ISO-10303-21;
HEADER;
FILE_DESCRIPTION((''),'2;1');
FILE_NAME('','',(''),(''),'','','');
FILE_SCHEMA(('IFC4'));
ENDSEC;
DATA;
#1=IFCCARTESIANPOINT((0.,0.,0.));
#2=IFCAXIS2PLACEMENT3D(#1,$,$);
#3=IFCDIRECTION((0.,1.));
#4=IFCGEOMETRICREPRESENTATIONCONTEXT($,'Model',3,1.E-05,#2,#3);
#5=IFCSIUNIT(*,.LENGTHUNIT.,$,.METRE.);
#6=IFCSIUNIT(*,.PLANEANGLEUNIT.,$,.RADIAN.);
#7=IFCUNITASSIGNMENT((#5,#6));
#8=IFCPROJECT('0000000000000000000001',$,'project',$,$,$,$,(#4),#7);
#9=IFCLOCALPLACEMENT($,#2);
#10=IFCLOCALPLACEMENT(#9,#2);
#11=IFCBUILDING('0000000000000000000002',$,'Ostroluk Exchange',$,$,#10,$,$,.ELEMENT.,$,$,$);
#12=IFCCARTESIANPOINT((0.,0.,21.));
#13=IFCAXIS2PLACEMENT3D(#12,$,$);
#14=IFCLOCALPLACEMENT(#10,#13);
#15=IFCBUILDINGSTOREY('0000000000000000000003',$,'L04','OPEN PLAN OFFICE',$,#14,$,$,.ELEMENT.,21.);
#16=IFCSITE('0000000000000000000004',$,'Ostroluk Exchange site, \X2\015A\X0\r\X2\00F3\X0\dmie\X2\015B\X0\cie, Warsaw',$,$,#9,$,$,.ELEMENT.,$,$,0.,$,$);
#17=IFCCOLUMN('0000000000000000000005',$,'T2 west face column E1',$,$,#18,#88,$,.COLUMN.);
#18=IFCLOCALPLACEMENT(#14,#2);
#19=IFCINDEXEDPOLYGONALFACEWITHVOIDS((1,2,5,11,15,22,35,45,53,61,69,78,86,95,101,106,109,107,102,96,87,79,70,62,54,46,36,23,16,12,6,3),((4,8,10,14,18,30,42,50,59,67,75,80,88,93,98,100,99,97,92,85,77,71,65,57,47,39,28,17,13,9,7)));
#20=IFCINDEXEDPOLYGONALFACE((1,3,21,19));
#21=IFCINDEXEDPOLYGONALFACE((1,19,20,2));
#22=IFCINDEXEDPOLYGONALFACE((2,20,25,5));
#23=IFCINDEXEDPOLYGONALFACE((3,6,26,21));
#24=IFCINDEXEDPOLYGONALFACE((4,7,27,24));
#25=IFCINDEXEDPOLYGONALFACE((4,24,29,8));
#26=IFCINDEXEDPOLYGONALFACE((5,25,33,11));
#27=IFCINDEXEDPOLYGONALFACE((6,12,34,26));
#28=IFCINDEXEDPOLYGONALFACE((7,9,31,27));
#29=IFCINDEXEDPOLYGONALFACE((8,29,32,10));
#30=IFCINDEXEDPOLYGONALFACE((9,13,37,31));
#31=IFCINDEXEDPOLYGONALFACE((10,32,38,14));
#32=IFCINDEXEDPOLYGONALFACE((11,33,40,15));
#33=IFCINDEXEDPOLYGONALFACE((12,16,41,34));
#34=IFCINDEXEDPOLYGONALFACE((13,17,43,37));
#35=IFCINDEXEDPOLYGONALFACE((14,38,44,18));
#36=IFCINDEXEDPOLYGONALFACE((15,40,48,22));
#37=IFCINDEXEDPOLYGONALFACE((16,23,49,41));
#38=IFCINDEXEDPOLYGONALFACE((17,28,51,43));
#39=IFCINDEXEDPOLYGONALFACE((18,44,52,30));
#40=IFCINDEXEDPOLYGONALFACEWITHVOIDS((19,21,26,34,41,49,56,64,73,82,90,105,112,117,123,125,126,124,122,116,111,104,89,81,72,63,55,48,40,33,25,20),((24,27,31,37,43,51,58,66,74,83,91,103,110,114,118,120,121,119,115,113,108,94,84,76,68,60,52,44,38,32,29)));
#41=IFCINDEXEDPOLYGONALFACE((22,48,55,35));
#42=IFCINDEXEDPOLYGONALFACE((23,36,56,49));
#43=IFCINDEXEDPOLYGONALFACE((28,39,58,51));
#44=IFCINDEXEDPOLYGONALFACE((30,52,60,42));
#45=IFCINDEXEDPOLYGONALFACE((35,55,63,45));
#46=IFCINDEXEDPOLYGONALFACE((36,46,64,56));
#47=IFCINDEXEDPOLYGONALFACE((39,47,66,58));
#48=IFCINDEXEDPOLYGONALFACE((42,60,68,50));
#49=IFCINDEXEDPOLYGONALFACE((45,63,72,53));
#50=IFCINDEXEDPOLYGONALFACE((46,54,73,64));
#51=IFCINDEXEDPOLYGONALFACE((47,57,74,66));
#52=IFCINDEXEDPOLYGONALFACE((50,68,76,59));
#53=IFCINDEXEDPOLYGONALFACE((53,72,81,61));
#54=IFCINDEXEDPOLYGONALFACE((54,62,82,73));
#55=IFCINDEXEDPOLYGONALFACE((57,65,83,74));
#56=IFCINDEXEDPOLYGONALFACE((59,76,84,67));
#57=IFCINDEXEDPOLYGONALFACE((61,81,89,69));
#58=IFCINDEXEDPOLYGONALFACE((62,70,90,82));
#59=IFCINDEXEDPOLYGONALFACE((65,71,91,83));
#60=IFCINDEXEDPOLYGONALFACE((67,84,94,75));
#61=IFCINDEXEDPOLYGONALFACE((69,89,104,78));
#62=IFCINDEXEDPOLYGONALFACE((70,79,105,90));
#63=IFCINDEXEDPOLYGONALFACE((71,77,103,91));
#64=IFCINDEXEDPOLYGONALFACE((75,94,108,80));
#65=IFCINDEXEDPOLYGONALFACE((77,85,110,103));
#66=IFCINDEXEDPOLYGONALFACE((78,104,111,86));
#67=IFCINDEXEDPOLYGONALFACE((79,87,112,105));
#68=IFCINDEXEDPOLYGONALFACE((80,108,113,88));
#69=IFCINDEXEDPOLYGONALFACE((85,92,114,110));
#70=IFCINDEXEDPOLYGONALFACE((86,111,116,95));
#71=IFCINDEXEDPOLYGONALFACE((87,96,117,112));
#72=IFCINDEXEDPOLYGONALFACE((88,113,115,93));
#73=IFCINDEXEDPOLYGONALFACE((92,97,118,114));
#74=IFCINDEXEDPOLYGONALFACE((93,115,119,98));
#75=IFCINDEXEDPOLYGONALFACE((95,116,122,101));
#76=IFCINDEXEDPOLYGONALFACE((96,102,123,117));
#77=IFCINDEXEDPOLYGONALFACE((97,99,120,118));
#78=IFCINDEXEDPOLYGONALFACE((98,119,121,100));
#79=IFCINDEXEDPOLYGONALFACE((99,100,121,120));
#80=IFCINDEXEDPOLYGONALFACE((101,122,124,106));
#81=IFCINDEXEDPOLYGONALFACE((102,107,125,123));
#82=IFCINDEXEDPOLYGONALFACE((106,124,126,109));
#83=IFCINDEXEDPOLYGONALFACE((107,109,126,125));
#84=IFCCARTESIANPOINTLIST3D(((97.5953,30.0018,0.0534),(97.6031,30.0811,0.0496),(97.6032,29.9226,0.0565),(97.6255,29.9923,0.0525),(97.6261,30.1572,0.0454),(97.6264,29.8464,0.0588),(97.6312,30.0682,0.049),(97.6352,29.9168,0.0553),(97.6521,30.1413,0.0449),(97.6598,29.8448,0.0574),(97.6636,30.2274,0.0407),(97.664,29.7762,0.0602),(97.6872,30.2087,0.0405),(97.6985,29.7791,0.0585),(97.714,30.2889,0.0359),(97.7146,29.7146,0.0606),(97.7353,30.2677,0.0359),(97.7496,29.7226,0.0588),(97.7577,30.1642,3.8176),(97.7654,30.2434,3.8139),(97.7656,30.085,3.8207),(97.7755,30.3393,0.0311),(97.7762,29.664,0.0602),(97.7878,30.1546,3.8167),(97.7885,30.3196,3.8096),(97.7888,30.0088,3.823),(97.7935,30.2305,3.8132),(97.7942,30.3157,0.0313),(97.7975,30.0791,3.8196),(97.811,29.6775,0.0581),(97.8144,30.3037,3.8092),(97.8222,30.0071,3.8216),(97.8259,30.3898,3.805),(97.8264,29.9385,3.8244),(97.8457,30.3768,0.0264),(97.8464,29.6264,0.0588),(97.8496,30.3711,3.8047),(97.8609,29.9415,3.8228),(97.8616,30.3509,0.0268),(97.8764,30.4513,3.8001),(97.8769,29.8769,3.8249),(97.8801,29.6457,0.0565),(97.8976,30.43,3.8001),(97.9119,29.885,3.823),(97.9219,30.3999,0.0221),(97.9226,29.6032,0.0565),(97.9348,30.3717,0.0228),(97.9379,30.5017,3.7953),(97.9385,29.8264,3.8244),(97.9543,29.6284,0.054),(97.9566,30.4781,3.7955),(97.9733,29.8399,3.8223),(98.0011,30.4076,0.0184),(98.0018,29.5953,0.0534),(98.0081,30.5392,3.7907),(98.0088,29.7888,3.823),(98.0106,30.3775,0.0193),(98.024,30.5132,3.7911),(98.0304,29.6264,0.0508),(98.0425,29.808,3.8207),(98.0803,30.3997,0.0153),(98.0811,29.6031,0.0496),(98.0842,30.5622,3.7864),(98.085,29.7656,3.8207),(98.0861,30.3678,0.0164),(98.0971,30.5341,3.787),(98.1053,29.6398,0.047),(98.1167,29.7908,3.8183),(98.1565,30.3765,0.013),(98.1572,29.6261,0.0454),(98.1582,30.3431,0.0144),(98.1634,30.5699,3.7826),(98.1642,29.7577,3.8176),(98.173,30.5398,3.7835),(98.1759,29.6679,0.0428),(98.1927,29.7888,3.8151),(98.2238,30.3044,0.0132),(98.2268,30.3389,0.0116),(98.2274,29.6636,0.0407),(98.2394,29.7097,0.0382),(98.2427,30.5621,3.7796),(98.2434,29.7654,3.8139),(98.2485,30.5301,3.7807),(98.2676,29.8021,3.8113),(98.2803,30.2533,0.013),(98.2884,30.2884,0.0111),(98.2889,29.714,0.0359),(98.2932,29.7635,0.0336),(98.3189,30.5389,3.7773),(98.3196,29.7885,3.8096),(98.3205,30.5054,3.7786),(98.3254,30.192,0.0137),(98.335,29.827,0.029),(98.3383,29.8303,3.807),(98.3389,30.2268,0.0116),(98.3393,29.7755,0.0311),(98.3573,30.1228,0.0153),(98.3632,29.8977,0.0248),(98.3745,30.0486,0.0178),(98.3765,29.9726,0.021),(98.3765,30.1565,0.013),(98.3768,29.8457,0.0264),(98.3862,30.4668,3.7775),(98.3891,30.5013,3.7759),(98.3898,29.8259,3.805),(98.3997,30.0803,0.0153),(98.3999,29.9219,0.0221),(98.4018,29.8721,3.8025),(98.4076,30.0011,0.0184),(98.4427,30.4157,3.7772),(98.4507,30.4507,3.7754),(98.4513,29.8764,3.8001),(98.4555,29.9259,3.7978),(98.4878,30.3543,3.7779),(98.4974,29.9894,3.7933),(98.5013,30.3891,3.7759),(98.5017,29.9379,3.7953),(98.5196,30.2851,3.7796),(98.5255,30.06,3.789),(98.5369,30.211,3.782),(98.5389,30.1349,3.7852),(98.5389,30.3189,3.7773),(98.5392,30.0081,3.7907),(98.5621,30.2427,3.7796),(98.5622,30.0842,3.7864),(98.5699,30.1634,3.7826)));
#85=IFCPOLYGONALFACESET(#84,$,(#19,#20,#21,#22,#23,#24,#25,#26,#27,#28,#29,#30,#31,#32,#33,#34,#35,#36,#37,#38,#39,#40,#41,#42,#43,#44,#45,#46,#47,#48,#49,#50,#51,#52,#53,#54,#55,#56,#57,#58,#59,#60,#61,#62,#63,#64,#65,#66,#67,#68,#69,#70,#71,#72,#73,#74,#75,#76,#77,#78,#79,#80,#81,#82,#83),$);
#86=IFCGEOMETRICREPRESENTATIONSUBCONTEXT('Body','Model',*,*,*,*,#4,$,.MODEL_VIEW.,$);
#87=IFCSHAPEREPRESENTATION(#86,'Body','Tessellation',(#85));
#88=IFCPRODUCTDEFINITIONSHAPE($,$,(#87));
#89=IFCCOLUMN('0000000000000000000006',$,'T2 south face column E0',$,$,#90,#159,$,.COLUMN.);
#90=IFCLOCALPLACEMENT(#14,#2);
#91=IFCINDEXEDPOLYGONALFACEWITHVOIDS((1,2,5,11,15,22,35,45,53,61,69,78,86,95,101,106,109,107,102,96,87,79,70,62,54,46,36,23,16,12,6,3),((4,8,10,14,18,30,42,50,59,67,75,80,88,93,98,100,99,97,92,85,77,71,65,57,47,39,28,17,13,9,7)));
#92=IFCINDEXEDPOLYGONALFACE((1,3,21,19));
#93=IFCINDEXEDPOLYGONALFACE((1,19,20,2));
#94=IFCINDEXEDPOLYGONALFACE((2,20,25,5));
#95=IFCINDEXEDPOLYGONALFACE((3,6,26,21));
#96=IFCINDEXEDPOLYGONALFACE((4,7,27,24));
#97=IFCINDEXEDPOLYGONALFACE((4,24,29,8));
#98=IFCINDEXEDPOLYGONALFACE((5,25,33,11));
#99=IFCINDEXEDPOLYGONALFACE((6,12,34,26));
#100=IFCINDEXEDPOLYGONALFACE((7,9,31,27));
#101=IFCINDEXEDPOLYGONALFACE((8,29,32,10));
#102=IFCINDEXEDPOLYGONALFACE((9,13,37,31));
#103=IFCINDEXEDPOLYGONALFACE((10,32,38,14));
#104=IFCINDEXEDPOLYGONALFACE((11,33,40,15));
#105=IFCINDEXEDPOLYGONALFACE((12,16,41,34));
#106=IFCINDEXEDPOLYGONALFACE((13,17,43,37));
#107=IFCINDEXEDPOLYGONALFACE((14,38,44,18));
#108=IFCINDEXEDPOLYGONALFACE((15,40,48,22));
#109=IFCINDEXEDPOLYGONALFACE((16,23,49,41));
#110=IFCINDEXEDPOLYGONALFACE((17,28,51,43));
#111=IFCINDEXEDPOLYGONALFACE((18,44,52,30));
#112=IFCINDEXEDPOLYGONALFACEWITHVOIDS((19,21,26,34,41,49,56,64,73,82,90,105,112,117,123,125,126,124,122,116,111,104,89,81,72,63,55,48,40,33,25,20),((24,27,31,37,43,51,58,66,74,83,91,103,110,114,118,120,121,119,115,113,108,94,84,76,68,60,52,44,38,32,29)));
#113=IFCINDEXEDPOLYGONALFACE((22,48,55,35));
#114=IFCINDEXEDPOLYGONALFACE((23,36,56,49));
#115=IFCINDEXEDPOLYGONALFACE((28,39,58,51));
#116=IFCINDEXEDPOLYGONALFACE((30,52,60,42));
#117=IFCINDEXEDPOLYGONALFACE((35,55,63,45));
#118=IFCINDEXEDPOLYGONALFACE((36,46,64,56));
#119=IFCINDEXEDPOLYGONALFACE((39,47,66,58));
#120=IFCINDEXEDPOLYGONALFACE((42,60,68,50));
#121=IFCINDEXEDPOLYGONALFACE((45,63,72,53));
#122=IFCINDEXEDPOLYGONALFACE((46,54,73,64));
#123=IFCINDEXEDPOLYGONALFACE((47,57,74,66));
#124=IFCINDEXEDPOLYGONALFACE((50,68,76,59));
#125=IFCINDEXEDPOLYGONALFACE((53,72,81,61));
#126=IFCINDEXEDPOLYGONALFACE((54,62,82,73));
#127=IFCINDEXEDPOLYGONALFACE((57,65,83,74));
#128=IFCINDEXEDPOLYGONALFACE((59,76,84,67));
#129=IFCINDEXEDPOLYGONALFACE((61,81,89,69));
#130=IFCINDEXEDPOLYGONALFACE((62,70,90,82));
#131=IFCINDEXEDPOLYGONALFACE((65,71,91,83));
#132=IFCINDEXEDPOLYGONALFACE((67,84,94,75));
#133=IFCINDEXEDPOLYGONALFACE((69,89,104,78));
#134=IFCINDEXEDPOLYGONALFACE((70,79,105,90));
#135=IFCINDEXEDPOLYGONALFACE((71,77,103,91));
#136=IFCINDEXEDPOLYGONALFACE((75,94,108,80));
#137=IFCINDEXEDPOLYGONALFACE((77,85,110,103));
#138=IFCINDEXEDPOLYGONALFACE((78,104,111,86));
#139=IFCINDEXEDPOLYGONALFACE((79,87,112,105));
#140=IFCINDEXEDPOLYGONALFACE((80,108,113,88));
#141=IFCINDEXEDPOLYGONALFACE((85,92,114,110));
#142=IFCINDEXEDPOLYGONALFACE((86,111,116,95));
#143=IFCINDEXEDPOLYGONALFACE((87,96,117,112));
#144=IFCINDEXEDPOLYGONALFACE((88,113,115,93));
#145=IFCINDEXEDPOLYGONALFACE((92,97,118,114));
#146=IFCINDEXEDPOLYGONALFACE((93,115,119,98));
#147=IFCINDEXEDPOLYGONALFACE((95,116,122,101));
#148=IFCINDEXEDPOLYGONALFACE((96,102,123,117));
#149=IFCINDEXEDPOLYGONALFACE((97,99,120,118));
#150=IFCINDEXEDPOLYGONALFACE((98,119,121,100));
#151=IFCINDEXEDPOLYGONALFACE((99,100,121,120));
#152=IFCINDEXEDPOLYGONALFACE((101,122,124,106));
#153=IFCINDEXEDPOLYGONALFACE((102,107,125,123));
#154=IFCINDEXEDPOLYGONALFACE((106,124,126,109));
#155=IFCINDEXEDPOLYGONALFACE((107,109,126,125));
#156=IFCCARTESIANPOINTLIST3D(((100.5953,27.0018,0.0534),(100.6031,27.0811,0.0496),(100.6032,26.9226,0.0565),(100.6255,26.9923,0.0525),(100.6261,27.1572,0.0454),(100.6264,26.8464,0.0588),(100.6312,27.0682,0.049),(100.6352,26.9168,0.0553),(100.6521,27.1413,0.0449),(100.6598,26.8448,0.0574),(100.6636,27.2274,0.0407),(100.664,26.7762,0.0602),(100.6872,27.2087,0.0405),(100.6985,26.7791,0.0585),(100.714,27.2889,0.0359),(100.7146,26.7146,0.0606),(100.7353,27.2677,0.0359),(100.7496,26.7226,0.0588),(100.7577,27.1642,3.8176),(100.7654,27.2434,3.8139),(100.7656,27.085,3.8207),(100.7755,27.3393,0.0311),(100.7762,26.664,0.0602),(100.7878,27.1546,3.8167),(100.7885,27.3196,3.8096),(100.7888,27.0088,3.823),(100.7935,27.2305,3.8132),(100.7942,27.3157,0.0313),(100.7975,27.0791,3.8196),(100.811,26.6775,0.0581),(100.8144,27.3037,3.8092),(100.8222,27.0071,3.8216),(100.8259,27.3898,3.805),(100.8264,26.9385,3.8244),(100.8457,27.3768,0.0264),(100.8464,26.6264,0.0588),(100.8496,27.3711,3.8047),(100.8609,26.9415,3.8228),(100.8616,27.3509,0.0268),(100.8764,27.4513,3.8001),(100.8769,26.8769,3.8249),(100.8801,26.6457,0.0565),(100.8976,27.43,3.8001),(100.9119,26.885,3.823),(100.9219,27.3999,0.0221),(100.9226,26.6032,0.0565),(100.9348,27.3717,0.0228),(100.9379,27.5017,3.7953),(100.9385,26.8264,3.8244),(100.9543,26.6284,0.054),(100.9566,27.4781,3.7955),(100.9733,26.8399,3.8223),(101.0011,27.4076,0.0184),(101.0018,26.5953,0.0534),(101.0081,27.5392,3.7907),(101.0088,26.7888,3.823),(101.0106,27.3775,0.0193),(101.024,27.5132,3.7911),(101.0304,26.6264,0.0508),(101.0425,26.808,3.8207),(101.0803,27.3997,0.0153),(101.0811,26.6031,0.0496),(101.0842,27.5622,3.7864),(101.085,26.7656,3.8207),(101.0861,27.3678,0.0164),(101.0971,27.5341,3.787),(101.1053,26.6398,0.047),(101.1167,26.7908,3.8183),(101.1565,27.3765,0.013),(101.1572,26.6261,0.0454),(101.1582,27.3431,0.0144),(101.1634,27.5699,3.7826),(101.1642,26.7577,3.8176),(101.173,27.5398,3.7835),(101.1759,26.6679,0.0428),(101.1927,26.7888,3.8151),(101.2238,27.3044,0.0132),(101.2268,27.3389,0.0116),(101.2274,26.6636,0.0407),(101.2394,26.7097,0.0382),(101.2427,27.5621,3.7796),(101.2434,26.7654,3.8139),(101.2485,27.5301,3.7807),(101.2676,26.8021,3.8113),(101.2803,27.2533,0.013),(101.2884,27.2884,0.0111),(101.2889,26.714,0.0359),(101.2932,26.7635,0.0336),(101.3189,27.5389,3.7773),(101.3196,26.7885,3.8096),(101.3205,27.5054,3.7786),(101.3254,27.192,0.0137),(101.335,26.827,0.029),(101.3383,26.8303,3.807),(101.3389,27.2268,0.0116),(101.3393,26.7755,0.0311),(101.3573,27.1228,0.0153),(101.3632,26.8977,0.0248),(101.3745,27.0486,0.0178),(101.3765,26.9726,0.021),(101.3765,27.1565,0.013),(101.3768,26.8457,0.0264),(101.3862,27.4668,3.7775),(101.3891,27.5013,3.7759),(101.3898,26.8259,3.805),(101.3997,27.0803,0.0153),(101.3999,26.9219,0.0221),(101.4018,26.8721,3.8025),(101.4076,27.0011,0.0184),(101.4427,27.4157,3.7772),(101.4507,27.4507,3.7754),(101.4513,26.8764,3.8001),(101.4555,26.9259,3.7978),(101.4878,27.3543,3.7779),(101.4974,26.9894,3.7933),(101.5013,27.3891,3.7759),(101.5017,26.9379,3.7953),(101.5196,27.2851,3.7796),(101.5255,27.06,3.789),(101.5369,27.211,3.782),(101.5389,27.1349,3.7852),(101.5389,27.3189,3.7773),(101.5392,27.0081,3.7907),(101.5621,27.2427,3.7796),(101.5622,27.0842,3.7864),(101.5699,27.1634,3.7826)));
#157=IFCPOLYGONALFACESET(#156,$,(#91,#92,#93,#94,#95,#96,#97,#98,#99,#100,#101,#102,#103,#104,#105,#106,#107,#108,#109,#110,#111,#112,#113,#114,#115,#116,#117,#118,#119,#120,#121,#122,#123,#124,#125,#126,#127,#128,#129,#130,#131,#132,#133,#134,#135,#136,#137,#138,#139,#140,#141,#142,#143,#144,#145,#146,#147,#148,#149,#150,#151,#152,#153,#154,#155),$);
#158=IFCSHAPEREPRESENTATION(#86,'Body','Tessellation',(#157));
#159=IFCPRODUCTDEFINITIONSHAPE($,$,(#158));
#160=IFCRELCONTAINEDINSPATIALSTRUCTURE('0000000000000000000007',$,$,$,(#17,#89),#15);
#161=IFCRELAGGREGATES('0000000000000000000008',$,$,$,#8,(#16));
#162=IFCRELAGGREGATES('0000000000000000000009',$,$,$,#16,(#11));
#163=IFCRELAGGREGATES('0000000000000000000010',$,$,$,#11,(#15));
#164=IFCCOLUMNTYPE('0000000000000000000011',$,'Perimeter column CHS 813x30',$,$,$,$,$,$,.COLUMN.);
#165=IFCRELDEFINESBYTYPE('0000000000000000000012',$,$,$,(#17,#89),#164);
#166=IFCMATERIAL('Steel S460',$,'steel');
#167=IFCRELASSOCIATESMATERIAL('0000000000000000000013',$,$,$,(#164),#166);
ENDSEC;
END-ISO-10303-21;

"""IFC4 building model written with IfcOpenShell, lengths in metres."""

from ifc_helpers import new_model, si_unit, direction, frame, origin, origin_2d, place, context, subcontext, project, spatial, hollow_circle, extrude, material, material_profile, profile_set, type_object, element, save


model = new_model("IFC4")

# Units and contexts
model_context = context("Model", 3, precision=1e-05, world=origin(), true_north=direction((0.0, 1.0)))
body_context = subcontext(model_context, "Body", "Model", "MODEL_VIEW")
ifc_project = project(units=[si_unit("LENGTHUNIT", "METRE"), si_unit("PLANEANGLEUNIT", "RADIAN")], contexts=[model_context])

# Site, building, storey
site_placement = place(None, origin())
site = spatial("IfcSite", under=ifc_project, at=site_placement, Name="Ostroluk Exchange site, Śródmieście, Warsaw", CompositionType="ELEMENT", RefElevation=0.0)
building_placement = place(site_placement, origin())
building = spatial("IfcBuilding", under=site, at=building_placement, Name="Ostroluk Exchange", CompositionType="ELEMENT")
storey_placement = place(building_placement, frame((0.0, 0.0, 21.0)))
storey = spatial("IfcBuildingStorey", under=building, at=storey_placement, Name="L04", Description="OPEN PLAN OFFICE", CompositionType="ELEMENT", Elevation=21.0)

# Columns
ifc_material_1 = material(Name="Steel S460", Category="steel")
ifc_material_profile_1 = material_profile(ifc_material_1, hollow_circle(Radius=0.4065, WallThickness=0.03, at=origin_2d()), Name="CHS 813x30")
ifc_profile_set_1 = profile_set([ifc_material_profile_1], Name="Steel S460")
column_type = type_object("IfcColumnType", Name="Perimeter column CHS 813x30", PredefinedType="COLUMN", material=ifc_profile_set_1)
for number, where, z_axis, x_axis, name in (
    (1, (98.0015, 30.0015, 0.0359), (0.043051, 0.043051, 0.998145), (-0.707107, 0.707107, 0.0), "T2 west face column E1"),
    (2, (101.0015, 27.0015, 0.0359), (0.043051, 0.043051, 0.998145), (-0.707107, 0.707107, 0.0), "T2 south face column E0"),
):
    element("IfcColumn", number, at=place(storey_placement, frame(where, z_axis=z_axis, x_axis=x_axis)), inside=storey, type_object=column_type, Name=name, PredefinedType="COLUMN", context=body_context, shape_type="SweptSolid", body=[
        extrude(hollow_circle(Radius=0.4065, WallThickness=0.03, at=origin_2d()), origin(), (0.0, 0.0, 1.0), 3.7712),
    ])

save(model, "model.ifc")
